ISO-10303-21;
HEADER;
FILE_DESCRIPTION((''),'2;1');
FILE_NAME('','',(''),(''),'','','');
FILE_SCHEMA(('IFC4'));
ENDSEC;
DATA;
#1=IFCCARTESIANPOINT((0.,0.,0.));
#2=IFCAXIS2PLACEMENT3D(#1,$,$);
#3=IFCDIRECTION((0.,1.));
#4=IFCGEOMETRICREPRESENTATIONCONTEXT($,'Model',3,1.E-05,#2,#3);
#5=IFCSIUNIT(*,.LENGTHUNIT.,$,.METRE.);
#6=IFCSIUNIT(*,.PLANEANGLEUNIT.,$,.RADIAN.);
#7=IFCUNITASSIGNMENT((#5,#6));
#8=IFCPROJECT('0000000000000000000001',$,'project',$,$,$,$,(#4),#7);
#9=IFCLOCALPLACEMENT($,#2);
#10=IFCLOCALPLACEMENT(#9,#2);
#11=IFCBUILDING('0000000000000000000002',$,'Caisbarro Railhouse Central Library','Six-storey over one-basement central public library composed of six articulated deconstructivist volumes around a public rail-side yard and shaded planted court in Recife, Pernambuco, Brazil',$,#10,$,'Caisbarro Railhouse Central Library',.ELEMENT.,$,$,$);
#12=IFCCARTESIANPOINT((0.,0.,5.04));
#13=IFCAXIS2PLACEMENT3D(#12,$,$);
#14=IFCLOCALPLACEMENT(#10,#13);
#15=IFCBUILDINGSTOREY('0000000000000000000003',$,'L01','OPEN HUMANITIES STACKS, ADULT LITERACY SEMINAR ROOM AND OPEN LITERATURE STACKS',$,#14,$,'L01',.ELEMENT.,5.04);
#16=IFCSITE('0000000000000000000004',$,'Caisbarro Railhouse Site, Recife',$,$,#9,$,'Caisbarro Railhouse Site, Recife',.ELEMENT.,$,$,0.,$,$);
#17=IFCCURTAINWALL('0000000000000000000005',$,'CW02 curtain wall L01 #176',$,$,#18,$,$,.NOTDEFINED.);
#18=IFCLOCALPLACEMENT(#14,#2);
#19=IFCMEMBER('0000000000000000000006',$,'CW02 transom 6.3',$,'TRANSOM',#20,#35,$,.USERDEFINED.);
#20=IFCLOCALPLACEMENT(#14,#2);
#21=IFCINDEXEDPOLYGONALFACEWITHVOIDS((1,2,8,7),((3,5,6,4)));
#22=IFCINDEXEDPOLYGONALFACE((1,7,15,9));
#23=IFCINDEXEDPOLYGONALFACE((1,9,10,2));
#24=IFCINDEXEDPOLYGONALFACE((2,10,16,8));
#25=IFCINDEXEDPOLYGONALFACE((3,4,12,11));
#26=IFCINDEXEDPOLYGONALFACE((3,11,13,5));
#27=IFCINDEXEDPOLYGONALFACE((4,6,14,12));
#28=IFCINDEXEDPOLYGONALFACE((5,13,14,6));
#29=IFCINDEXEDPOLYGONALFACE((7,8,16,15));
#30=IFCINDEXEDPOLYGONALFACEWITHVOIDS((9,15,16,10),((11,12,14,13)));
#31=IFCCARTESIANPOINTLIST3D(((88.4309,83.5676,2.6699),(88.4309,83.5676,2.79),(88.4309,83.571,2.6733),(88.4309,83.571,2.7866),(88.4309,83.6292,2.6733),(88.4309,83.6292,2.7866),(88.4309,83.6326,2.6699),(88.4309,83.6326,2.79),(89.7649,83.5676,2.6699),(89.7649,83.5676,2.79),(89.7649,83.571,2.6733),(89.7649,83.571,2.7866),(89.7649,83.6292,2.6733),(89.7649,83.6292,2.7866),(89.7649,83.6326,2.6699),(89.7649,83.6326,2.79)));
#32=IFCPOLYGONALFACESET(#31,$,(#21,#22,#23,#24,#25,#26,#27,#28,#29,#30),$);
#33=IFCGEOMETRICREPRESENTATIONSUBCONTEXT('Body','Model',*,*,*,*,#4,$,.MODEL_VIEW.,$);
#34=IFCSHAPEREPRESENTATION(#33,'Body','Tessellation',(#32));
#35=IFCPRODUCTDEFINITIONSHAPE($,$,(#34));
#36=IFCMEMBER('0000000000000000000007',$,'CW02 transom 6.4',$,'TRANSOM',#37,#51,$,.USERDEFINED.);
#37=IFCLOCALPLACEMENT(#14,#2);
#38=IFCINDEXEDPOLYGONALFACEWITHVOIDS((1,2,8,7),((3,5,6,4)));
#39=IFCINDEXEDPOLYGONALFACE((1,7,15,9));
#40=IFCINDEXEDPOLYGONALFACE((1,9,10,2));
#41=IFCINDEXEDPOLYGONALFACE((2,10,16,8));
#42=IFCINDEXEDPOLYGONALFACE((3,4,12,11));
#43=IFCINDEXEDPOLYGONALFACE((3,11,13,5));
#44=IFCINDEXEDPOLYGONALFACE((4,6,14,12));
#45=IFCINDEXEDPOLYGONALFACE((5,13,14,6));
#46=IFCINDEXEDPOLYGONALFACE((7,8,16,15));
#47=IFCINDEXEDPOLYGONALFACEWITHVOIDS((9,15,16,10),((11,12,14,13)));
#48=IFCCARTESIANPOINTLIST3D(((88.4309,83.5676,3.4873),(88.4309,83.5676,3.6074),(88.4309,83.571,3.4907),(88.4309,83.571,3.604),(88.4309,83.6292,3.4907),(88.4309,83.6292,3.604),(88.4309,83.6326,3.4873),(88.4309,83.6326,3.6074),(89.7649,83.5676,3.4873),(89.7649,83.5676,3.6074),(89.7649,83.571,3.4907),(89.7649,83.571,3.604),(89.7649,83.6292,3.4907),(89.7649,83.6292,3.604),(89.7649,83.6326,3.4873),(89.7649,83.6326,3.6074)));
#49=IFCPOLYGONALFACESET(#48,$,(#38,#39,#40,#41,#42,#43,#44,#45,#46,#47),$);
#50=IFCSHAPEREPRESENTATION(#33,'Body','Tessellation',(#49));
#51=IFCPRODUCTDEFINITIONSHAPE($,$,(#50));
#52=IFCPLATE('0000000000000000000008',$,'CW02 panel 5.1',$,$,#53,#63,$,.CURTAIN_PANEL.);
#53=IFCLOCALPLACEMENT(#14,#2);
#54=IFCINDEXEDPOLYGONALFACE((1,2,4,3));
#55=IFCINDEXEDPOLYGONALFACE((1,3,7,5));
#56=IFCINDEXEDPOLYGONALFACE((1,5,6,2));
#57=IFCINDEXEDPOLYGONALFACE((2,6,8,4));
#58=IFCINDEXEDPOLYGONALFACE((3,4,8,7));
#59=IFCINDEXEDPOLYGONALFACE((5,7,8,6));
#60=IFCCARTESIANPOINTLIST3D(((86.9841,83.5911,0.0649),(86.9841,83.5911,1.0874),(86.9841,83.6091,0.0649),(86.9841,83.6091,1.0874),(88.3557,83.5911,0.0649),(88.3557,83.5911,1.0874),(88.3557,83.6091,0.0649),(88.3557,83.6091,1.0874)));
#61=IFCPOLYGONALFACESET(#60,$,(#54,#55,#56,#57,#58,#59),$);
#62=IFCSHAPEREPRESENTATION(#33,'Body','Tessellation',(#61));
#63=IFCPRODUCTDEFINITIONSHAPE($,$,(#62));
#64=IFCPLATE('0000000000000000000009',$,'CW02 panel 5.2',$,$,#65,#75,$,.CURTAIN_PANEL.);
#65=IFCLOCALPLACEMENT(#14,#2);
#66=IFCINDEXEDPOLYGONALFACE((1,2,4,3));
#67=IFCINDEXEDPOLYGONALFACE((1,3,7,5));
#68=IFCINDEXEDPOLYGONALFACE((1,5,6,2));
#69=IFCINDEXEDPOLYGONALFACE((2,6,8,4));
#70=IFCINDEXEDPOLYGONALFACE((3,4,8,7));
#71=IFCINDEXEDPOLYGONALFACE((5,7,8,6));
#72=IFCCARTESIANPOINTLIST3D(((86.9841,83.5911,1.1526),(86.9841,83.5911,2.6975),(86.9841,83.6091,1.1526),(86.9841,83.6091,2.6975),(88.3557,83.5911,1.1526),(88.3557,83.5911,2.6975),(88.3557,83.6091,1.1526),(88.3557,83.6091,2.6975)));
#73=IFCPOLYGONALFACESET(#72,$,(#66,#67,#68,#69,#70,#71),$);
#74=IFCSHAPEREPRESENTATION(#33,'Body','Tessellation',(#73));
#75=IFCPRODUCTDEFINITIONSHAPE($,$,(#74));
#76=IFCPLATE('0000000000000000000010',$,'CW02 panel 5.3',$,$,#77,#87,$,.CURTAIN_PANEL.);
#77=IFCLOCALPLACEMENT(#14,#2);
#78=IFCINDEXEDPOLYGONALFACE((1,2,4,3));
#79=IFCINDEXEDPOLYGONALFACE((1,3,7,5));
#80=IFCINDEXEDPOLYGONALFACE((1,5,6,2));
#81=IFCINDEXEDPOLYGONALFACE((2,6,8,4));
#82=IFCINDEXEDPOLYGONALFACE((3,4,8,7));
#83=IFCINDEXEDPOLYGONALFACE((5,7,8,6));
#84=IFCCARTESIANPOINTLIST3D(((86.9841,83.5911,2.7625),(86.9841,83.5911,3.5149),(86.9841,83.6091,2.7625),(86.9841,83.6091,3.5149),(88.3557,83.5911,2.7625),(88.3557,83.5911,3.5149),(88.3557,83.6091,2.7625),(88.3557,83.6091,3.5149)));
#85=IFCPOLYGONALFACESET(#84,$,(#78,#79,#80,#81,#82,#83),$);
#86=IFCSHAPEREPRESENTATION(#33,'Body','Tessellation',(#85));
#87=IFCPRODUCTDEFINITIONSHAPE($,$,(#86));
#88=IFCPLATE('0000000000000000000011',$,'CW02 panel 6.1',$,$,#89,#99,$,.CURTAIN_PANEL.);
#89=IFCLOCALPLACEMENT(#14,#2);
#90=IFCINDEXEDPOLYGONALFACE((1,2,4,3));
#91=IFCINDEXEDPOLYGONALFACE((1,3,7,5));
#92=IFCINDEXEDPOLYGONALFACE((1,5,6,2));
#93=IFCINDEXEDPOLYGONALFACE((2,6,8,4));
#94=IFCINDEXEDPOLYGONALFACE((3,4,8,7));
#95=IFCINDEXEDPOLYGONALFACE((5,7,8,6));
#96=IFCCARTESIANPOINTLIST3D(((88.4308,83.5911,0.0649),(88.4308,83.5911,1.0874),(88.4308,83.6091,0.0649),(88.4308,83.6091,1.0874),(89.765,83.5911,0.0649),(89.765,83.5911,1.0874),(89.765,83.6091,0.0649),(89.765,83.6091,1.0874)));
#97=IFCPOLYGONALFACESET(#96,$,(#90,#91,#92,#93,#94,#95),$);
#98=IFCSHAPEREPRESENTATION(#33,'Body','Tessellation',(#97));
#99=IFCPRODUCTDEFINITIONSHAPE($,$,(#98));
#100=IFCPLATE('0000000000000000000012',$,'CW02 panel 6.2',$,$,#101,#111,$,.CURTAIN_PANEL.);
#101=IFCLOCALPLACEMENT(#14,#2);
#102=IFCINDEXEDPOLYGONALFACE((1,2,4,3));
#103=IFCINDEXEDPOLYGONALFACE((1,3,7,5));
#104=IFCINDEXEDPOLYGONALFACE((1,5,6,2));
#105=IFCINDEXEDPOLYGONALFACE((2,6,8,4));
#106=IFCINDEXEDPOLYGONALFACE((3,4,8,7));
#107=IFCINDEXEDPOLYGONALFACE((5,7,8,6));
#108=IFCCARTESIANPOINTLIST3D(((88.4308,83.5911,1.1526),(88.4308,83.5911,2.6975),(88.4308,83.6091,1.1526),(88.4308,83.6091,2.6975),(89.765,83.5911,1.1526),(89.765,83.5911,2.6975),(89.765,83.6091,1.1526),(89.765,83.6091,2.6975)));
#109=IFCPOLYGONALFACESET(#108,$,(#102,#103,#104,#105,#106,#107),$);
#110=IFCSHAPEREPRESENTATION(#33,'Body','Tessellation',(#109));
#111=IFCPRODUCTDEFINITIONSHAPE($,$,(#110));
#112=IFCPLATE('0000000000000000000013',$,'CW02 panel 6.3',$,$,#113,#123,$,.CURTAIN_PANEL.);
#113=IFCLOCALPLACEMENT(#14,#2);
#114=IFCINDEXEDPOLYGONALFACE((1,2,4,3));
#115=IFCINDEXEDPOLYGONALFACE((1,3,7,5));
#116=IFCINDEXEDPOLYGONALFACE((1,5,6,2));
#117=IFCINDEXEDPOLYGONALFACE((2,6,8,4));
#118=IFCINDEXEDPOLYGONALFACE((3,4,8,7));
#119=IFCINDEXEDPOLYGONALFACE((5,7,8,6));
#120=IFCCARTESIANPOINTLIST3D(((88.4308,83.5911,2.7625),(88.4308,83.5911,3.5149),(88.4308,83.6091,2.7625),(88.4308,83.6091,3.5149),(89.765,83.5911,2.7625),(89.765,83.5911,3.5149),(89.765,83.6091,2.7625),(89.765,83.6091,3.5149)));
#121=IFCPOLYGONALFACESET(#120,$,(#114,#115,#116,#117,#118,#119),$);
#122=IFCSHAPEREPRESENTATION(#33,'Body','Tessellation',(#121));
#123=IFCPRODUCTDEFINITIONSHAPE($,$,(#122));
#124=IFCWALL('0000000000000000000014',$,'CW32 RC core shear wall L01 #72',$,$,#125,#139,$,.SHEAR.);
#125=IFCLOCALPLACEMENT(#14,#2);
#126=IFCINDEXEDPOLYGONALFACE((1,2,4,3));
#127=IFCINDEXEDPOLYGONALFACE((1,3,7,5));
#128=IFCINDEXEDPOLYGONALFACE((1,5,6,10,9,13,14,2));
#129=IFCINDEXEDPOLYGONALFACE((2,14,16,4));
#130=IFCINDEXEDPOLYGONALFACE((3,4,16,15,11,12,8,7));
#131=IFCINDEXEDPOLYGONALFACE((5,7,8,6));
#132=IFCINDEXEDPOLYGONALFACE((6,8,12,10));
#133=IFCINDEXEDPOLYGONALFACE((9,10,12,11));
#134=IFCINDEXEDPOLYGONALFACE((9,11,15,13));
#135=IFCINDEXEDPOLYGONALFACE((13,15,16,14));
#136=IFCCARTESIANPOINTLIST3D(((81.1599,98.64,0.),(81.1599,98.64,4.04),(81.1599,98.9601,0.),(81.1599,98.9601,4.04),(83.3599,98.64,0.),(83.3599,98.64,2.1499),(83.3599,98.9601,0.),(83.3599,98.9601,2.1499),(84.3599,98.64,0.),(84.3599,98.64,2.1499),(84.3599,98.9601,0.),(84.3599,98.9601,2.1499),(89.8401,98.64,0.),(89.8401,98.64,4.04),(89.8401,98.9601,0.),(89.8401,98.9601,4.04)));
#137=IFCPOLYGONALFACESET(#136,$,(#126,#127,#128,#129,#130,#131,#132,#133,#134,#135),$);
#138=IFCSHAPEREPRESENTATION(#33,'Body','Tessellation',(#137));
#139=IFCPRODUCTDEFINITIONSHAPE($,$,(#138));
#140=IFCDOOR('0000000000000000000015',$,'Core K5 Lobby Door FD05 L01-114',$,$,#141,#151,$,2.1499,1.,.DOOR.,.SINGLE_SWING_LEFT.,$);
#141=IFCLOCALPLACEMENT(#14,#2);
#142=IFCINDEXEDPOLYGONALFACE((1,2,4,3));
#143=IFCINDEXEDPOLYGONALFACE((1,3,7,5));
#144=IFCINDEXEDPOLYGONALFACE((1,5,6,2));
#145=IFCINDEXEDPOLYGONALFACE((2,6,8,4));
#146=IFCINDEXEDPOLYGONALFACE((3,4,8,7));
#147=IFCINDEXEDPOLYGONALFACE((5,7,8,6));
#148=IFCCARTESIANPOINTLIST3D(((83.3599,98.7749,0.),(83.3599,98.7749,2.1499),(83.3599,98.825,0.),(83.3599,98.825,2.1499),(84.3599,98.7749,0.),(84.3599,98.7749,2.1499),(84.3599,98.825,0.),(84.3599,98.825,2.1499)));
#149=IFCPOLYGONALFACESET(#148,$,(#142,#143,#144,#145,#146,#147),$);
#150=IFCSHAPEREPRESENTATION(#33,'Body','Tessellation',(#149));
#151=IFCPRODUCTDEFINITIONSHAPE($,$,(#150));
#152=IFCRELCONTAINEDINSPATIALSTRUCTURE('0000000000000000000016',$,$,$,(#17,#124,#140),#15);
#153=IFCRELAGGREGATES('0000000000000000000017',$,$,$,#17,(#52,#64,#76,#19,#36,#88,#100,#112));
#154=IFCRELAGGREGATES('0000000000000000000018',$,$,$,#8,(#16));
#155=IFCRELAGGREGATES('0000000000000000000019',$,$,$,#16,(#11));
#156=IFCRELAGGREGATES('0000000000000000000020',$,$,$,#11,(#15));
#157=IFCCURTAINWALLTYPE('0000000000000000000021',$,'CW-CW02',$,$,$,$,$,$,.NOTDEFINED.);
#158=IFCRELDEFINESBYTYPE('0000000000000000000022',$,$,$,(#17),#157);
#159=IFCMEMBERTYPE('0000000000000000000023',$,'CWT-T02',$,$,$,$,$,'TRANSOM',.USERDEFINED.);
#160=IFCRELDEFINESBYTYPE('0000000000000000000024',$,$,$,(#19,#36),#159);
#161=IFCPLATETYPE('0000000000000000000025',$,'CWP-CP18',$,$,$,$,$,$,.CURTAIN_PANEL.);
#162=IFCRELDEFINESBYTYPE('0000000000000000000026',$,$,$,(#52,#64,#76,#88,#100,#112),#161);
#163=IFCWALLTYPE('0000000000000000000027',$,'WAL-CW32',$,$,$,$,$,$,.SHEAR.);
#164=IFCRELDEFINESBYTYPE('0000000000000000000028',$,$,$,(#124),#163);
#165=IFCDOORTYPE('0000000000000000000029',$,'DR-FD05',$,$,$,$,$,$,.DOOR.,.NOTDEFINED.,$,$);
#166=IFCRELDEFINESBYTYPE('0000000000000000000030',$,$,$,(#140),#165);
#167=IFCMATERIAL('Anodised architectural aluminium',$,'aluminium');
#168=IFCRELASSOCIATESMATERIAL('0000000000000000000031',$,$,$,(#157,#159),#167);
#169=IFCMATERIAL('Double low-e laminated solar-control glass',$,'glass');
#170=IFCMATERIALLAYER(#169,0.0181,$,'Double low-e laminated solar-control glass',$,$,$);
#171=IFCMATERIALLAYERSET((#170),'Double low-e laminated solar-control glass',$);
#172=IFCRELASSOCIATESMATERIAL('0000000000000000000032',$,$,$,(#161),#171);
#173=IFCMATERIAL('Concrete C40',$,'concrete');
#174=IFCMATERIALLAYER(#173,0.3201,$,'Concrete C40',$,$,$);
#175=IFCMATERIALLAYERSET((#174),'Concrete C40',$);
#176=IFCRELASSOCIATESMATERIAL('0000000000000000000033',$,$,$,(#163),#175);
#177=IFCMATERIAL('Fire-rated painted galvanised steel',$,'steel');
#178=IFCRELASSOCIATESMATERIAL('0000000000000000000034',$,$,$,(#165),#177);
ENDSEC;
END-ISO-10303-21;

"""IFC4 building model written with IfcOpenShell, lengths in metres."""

from ifc_helpers import new_model, si_unit, direction, frame, frame_2d, origin, origin_2d, place, context, subcontext, project, spatial, rectangle, hollow_rectangle, extrude, material, layer, layer_set, material_profile, profile_set, type_object, element, fill, aggregate, save


model = new_model("IFC4")

# Units and contexts
model_context = context("Model", 3, precision=1e-05, world=origin(), true_north=direction((0.0, 1.0)))
body_context = subcontext(model_context, "Body", "Model", "MODEL_VIEW")
ifc_project = project(units=[si_unit("LENGTHUNIT", "METRE"), si_unit("PLANEANGLEUNIT", "RADIAN")], contexts=[model_context])

# Site, building, storey
site_placement = place(None, origin())
site = spatial("IfcSite", under=ifc_project, at=site_placement, Name="Caisbarro Railhouse Site, Recife", LongName="Caisbarro Railhouse Site, Recife", CompositionType="ELEMENT", RefElevation=0.0)
building_placement = place(site_placement, origin())
building = spatial("IfcBuilding", under=site, at=building_placement, Name="Caisbarro Railhouse Central Library", Description="Six-storey over one-basement central public library composed of six articulated deconstructivist volumes around a public rail-side yard and shaded planted court in Recife, Pernambuco, Brazil", LongName="Caisbarro Railhouse Central Library", CompositionType="ELEMENT")
storey_placement = place(building_placement, frame((0.0, 0.0, 5.04)))
storey = spatial("IfcBuildingStorey", under=building, at=storey_placement, Name="L01", Description="OPEN HUMANITIES STACKS, ADULT LITERACY SEMINAR ROOM AND OPEN LITERATURE STACKS", LongName="L01", CompositionType="ELEMENT", Elevation=5.04)

# Curtain wall, members, plates
ifc_material_1 = material(Name="Anodised architectural aluminium", Category="aluminium")
curtain_wall_type = type_object("IfcCurtainWallType", Name="CW-CW02", PredefinedType="NOTDEFINED", material=ifc_material_1)
curtain_wall_placement = place(storey_placement, origin())
curtain_wall = element("IfcCurtainWall", 1, at=curtain_wall_placement, inside=storey, type_object=curtain_wall_type, Name="CW02 curtain wall L01 #176", PredefinedType="NOTDEFINED")
ifc_material_profile_1 = material_profile(ifc_material_1, hollow_rectangle(XDim=0.0649, YDim=0.1201, WallThickness=0.0034, at=origin_2d()), Name="ALU-TRN-65X120")
ifc_profile_set_1 = profile_set([ifc_material_profile_1], Name="Anodised architectural aluminium")
member_type_1 = type_object("IfcMemberType", Name="CWT-T02", ElementType="TRANSOM", PredefinedType="USERDEFINED", material=ifc_profile_set_1)
member_1_placement = place(storey_placement, frame((88.4309, 83.6001, 2.73), z_axis=(1.0, 0.0, 0.0), x_axis=(0.0, 1.0, 0.0)))
member_1 = element("IfcMember", 2, at=member_1_placement, type_object=member_type_1, Name="CW02 transom 6.3", ObjectType="TRANSOM", PredefinedType="USERDEFINED", context=body_context, shape_type="SweptSolid", body=[
    extrude(hollow_rectangle(XDim=0.0649, YDim=0.1201, WallThickness=0.0034, at=origin_2d()), origin(), (0.0, 0.0, 1.0), 1.334),
])
member_2_placement = place(storey_placement, frame((88.4309, 83.6001, 3.5474), z_axis=(1.0, 0.0, 0.0), x_axis=(0.0, 1.0, 0.0)))
member_2 = element("IfcMember", 3, at=member_2_placement, type_object=member_type_1, Name="CW02 transom 6.4", ObjectType="TRANSOM", PredefinedType="USERDEFINED", context=body_context, shape_type="SweptSolid", body=[
    extrude(hollow_rectangle(XDim=0.0649, YDim=0.1201, WallThickness=0.0034, at=origin_2d()), origin(), (0.0, 0.0, 1.0), 1.334),
])
ifc_material_2 = material(Name="Double low-e laminated solar-control glass", Category="glass")
ifc_layer_1 = layer(ifc_material_2, 0.0181, Name="Double low-e laminated solar-control glass")
ifc_layer_set_1 = layer_set([ifc_layer_1], Name="Double low-e laminated solar-control glass")
plate_type = type_object("IfcPlateType", Name="CWP-CP18", PredefinedType="CURTAIN_PANEL", material=ifc_layer_set_1)
plate_1_placement = place(storey_placement, frame((87.6699, 83.6001, 0.0649), z_axis=(0.0, 0.0, 1.0), x_axis=(1.0, 0.0, 0.0)))
plate_1 = element("IfcPlate", 4, at=plate_1_placement, type_object=plate_type, Name="CW02 panel 5.1", PredefinedType="CURTAIN_PANEL", context=body_context, shape_type="SweptSolid", body=[
    extrude(rectangle(XDim=1.3716, YDim=0.0181, at=origin_2d()), origin(), (0.0, 0.0, 1.0), 1.0225),
])
plate_2_placement = place(storey_placement, frame((87.6699, 83.6001, 1.1526), z_axis=(0.0, 0.0, 1.0), x_axis=(1.0, 0.0, 0.0)))
plate_2 = element("IfcPlate", 5, at=plate_2_placement, type_object=plate_type, Name="CW02 panel 5.2", PredefinedType="CURTAIN_PANEL", context=body_context, shape_type="SweptSolid", body=[
    extrude(rectangle(XDim=1.3716, YDim=0.0181, at=origin_2d()), origin(), (0.0, 0.0, 1.0), 1.5449),
])
plate_3_placement = place(storey_placement, frame((87.6699, 83.6001, 2.7625), z_axis=(0.0, 0.0, 1.0), x_axis=(1.0, 0.0, 0.0)))
plate_3 = element("IfcPlate", 6, at=plate_3_placement, type_object=plate_type, Name="CW02 panel 5.3", PredefinedType="CURTAIN_PANEL", context=body_context, shape_type="SweptSolid", body=[
    extrude(rectangle(XDim=1.3716, YDim=0.0181, at=origin_2d()), origin(), (0.0, 0.0, 1.0), 0.7524),
])
plate_4_placement = place(storey_placement, frame((89.0979, 83.6001, 0.0649), z_axis=(0.0, 0.0, 1.0), x_axis=(1.0, 0.0, 0.0)))
plate_4 = element("IfcPlate", 7, at=plate_4_placement, type_object=plate_type, Name="CW02 panel 6.1", PredefinedType="CURTAIN_PANEL", context=body_context, shape_type="SweptSolid", body=[
    extrude(rectangle(XDim=1.3342, YDim=0.0181, at=origin_2d()), origin(), (0.0, 0.0, 1.0), 1.0225),
])
plate_5_placement = place(storey_placement, frame((89.0979, 83.6001, 1.1526), z_axis=(0.0, 0.0, 1.0), x_axis=(1.0, 0.0, 0.0)))
plate_5 = element("IfcPlate", 8, at=plate_5_placement, type_object=plate_type, Name="CW02 panel 6.2", PredefinedType="CURTAIN_PANEL", context=body_context, shape_type="SweptSolid", body=[
    extrude(rectangle(XDim=1.3342, YDim=0.0181, at=origin_2d()), origin(), (0.0, 0.0, 1.0), 1.5449),
])
plate_6_placement = place(storey_placement, frame((89.0979, 83.6001, 2.7625), z_axis=(0.0, 0.0, 1.0), x_axis=(1.0, 0.0, 0.0)))
plate_6 = element("IfcPlate", 9, at=plate_6_placement, type_object=plate_type, Name="CW02 panel 6.3", PredefinedType="CURTAIN_PANEL", context=body_context, shape_type="SweptSolid", body=[
    extrude(rectangle(XDim=1.3342, YDim=0.0181, at=origin_2d()), origin(), (0.0, 0.0, 1.0), 0.7524),
])
aggregate(curtain_wall, [plate_1, plate_2, plate_3, member_1, member_2, plate_4, plate_5, plate_6])

# Wall, opening, door
ifc_material_3 = material(Name="Concrete C40", Category="concrete")
ifc_layer_2 = layer(ifc_material_3, 0.3201, Name="Concrete C40")
ifc_layer_set_2 = layer_set([ifc_layer_2], Name="Concrete C40")
wall_type = type_object("IfcWallType", Name="WAL-CW32", PredefinedType="SHEAR", material=ifc_layer_set_2)
wall_placement = place(storey_placement, frame((81.1599, 98.8, 0.0), z_axis=(0.0, 0.0, 1.0), x_axis=(1.0, 0.0, 0.0)))
wall = element("IfcWall", 10, at=wall_placement, inside=storey, type_object=wall_type, Name="CW32 RC core shear wall L01 #72", PredefinedType="SHEAR", context=body_context, shape_type="SweptSolid", body=[
    extrude(rectangle(XDim=8.6802, YDim=0.3201, at=frame_2d((4.3401, 0.0))), origin(), (0.0, 0.0, 1.0), 4.04),
])
opening_placement = place(wall_placement, frame((2.2, 0.0, 0.0)))
opening = element("IfcOpeningElement", 11, at=opening_placement, cuts=wall, PredefinedType="OPENING", context=body_context, shape_type="SweptSolid", body=[
    extrude(rectangle(XDim=1.0, YDim=2.1499, at=frame_2d((0.5, 1.075))), frame((0.0, 0.1699, 0.0), z_axis=(0.0, -1.0, 0.0), x_axis=(1.0, 0.0, 0.0)), (0.0, 0.0, 1.0), 0.3401),
])
ifc_material_4 = material(Name="Fire-rated painted galvanised steel", Category="steel")
door_type = type_object("IfcDoorType", Name="DR-FD05", OperationType="NOTDEFINED", PredefinedType="DOOR", material=ifc_material_4)
door_placement = place(opening_placement, origin())
door = element("IfcDoor", 12, at=door_placement, inside=storey, type_object=door_type, Name="Core K5 Lobby Door FD05 L01-114", OperationType="SINGLE_SWING_LEFT", OverallHeight=2.1499, OverallWidth=1.0, PredefinedType="DOOR", context=body_context, shape_type="SweptSolid", body=[
    extrude(rectangle(XDim=1.0, YDim=2.1499, at=frame_2d((0.5, 1.075))), frame((0.0, 0.0249, 0.0), z_axis=(0.0, -1.0, 0.0), x_axis=(1.0, 0.0, 0.0)), (0.0, 0.0, 1.0), 0.05),
])
fill(opening, door)

save(model, "model.ifc")
